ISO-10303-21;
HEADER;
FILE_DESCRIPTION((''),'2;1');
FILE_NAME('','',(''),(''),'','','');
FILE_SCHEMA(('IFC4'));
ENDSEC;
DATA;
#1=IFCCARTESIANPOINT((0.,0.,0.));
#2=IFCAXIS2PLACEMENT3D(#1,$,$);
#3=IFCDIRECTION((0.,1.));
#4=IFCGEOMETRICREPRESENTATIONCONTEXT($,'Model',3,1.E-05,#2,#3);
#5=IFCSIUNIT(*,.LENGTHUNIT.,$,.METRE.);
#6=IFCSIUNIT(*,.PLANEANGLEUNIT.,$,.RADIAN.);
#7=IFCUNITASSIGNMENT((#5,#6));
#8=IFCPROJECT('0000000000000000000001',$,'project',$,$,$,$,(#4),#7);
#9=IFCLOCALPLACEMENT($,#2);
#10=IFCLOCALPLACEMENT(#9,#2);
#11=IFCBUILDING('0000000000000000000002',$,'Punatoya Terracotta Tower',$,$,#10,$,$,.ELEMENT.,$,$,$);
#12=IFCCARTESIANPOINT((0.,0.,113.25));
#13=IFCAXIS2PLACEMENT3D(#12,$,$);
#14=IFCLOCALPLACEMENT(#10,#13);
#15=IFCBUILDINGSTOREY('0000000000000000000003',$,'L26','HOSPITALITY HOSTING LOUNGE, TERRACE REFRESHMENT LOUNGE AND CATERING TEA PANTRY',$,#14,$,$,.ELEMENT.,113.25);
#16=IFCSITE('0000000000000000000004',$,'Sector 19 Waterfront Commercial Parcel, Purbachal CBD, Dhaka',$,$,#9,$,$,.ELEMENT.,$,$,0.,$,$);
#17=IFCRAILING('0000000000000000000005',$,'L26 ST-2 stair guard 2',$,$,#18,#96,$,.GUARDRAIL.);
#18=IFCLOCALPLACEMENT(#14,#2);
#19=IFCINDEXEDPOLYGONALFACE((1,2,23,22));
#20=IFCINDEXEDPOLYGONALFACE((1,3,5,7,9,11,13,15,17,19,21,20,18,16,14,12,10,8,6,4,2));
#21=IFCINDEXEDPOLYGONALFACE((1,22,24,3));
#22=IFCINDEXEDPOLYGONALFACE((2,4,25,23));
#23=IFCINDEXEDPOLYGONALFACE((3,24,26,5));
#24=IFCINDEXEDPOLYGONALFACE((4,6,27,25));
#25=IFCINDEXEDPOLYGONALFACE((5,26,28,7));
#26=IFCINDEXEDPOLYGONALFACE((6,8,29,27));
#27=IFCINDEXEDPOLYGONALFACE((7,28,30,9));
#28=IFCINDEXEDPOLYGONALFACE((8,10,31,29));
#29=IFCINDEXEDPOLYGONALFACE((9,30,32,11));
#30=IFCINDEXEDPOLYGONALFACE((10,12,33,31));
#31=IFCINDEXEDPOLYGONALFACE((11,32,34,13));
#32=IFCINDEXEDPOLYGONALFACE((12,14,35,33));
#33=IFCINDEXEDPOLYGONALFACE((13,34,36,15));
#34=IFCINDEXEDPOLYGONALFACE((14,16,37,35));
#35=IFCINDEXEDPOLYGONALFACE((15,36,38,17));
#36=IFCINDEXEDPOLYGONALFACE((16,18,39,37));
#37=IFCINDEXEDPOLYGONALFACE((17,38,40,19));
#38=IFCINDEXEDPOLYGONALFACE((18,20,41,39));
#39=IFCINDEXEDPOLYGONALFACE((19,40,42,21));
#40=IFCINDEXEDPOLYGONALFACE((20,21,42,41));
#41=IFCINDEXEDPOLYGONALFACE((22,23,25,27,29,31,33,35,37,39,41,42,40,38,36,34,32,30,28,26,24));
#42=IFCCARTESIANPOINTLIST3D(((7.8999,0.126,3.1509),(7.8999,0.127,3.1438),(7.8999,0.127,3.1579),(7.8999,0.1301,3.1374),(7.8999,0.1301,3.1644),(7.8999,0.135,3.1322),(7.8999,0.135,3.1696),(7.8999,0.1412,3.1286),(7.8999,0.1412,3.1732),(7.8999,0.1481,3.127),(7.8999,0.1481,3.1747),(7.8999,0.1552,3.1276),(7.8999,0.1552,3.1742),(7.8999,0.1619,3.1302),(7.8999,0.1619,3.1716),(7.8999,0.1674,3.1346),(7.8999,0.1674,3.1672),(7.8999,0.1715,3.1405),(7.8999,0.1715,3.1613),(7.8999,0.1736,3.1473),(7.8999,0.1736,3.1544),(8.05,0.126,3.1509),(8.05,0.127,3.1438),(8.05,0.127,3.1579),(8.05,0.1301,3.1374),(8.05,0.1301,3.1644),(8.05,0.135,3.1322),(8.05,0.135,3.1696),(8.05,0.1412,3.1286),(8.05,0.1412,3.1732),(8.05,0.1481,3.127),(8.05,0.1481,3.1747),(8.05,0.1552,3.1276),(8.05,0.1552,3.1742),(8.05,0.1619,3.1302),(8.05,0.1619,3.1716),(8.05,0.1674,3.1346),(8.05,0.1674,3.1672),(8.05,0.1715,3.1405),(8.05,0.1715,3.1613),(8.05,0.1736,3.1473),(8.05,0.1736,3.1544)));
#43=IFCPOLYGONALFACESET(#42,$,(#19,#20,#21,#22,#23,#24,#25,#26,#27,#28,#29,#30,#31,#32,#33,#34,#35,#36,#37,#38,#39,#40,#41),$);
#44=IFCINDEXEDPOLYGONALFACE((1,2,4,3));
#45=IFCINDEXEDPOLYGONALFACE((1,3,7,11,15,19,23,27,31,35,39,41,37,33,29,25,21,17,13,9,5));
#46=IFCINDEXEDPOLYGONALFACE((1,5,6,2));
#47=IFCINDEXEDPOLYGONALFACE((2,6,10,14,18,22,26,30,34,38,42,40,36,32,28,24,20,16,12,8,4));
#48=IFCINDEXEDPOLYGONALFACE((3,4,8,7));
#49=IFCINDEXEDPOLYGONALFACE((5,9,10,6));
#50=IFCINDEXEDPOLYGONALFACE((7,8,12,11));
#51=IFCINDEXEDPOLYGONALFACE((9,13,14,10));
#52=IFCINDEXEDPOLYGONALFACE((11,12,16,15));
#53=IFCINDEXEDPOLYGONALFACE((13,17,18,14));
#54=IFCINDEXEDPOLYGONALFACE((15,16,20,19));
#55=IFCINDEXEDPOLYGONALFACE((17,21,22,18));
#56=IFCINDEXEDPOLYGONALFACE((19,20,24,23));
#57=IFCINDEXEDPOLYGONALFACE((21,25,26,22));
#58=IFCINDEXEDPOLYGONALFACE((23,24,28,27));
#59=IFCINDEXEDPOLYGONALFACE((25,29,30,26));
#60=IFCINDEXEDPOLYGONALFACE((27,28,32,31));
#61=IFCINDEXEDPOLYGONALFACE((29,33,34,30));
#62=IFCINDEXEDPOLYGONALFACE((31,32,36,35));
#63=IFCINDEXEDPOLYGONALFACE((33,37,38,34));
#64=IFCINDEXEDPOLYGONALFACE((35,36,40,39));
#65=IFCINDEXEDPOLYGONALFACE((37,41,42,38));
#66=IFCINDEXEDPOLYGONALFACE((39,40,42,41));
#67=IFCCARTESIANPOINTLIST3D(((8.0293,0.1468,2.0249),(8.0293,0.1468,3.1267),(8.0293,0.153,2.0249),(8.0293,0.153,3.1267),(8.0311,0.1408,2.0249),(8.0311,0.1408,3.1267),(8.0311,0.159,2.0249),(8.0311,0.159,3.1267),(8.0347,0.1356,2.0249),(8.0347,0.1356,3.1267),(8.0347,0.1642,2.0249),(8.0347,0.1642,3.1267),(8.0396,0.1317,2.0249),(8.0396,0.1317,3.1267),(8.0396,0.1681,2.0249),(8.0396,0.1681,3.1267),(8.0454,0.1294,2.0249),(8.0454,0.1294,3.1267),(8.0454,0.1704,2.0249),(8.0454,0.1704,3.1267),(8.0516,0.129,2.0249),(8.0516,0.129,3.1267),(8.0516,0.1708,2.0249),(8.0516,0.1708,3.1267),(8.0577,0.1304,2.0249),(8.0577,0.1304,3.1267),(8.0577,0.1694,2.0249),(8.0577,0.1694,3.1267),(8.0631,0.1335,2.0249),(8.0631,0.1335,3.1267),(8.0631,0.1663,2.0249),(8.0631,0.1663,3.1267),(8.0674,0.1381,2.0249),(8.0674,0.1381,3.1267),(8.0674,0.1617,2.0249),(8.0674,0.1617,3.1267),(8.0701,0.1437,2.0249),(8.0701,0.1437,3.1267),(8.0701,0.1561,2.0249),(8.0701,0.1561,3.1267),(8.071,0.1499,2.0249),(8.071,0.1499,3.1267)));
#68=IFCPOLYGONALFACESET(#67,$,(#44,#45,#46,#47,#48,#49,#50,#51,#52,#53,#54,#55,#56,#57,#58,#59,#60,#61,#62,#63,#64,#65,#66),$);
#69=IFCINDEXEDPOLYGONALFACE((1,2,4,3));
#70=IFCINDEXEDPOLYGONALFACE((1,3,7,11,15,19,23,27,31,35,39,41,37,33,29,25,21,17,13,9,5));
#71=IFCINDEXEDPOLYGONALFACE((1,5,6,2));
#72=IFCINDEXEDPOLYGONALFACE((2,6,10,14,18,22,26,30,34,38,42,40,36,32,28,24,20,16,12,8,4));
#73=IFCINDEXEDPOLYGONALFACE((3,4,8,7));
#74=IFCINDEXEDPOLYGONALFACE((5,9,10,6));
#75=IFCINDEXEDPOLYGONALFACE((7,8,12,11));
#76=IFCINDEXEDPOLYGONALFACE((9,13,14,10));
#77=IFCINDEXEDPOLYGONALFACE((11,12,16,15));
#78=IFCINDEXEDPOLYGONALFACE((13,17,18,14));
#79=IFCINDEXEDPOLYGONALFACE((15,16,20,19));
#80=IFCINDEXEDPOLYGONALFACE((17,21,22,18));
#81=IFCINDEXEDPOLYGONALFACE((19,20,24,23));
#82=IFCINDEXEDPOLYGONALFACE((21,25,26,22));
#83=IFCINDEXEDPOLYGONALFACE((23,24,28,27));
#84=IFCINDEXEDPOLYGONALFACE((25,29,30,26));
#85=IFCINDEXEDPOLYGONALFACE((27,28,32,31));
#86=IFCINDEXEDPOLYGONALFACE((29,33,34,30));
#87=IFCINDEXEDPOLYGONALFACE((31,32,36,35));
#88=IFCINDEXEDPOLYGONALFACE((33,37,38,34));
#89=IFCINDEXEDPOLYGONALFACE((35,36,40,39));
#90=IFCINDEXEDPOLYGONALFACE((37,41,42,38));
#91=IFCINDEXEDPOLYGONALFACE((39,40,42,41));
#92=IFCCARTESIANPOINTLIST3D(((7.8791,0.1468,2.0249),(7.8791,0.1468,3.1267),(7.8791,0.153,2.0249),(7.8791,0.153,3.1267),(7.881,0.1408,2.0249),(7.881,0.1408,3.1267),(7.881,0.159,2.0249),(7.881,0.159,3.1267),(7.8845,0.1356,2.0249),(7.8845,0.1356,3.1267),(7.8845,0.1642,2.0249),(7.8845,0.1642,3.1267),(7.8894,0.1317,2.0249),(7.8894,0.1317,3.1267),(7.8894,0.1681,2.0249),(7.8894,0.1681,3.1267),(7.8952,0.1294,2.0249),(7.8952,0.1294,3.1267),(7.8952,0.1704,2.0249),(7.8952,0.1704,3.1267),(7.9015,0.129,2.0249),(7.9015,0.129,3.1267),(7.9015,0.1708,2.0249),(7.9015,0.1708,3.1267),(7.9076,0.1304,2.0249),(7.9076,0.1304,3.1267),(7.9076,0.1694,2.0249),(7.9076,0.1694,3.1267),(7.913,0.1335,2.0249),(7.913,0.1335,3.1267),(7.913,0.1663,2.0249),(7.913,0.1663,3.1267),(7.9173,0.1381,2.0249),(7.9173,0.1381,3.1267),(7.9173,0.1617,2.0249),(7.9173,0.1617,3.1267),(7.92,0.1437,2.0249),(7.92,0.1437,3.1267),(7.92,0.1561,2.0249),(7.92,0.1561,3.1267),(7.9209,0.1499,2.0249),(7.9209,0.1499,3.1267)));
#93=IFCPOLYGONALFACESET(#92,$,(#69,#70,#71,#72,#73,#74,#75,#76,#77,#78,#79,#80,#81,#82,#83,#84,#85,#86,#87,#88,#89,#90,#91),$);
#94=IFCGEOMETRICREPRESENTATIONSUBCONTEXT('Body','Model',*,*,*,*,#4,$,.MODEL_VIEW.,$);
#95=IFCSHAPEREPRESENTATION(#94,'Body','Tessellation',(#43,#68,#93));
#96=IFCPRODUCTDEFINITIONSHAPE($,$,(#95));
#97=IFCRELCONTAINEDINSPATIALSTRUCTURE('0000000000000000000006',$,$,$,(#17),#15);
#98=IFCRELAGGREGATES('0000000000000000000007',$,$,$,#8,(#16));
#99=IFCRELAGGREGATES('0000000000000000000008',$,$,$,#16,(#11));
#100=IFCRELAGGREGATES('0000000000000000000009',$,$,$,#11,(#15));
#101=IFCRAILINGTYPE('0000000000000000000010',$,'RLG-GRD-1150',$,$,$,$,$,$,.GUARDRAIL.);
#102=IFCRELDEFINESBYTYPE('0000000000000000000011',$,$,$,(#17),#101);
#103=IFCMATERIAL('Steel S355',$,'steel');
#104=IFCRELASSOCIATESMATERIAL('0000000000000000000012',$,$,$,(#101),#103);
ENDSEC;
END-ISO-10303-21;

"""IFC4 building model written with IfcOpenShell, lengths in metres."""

from ifc_helpers import new_model, si_unit, direction, frame, origin, origin_2d, place, context, subcontext, project, spatial, circle, extrude, material, type_object, element, save


model = new_model("IFC4")

# Units and contexts
model_context = context("Model", 3, precision=1e-05, world=origin(), true_north=direction((0.0, 1.0)))
body_context = subcontext(model_context, "Body", "Model", "MODEL_VIEW")
ifc_project = project(units=[si_unit("LENGTHUNIT", "METRE"), si_unit("PLANEANGLEUNIT", "RADIAN")], contexts=[model_context])

# Site, building, storey
site_placement = place(None, origin())
site = spatial("IfcSite", under=ifc_project, at=site_placement, Name="Sector 19 Waterfront Commercial Parcel, Purbachal CBD, Dhaka", CompositionType="ELEMENT", RefElevation=0.0)
building_placement = place(site_placement, origin())
building = spatial("IfcBuilding", under=site, at=building_placement, Name="Punatoya Terracotta Tower", CompositionType="ELEMENT")
storey_placement = place(building_placement, frame((0.0, 0.0, 113.25)))
storey = spatial("IfcBuildingStorey", under=building, at=storey_placement, Name="L26", Description="HOSPITALITY HOSTING LOUNGE, TERRACE REFRESHMENT LOUNGE AND CATERING TEA PANTRY", CompositionType="ELEMENT", Elevation=113.25)

# Shared definitions
ifc_material_1 = material(Name="Steel S355", Category="steel")

# Railing
railing_type_1 = type_object("IfcRailingType", Name="RLG-GRD-1150", PredefinedType="GUARDRAIL", material=ifc_material_1)
railing_1_placement = place(storey_placement, frame((8.05, 0.1499, 2.0249)))
element("IfcRailing", 1, at=railing_1_placement, inside=storey, type_object=railing_type_1, Name="L26 ST-2 stair guard 2", PredefinedType="GUARDRAIL", context=body_context, shape_type="SweptSolid", body=[
    extrude(circle(Radius=0.0239, at=origin_2d()), frame((0.0, 0.0, 1.126), z_axis=(-1.0, 0.0, 0.0), x_axis=(0.0, -1.0, 0.0)), (0.0, 0.0, 1.0), 0.1501),
    extrude(circle(Radius=0.021, at=origin_2d()), origin(), (0.0, 0.0, 1.0), 1.1018),
    extrude(circle(Radius=0.021, at=origin_2d()), frame((-0.1501, 0.0, 0.0)), (0.0, 0.0, 1.0), 1.1018),
])

save(model, "model.ifc")
